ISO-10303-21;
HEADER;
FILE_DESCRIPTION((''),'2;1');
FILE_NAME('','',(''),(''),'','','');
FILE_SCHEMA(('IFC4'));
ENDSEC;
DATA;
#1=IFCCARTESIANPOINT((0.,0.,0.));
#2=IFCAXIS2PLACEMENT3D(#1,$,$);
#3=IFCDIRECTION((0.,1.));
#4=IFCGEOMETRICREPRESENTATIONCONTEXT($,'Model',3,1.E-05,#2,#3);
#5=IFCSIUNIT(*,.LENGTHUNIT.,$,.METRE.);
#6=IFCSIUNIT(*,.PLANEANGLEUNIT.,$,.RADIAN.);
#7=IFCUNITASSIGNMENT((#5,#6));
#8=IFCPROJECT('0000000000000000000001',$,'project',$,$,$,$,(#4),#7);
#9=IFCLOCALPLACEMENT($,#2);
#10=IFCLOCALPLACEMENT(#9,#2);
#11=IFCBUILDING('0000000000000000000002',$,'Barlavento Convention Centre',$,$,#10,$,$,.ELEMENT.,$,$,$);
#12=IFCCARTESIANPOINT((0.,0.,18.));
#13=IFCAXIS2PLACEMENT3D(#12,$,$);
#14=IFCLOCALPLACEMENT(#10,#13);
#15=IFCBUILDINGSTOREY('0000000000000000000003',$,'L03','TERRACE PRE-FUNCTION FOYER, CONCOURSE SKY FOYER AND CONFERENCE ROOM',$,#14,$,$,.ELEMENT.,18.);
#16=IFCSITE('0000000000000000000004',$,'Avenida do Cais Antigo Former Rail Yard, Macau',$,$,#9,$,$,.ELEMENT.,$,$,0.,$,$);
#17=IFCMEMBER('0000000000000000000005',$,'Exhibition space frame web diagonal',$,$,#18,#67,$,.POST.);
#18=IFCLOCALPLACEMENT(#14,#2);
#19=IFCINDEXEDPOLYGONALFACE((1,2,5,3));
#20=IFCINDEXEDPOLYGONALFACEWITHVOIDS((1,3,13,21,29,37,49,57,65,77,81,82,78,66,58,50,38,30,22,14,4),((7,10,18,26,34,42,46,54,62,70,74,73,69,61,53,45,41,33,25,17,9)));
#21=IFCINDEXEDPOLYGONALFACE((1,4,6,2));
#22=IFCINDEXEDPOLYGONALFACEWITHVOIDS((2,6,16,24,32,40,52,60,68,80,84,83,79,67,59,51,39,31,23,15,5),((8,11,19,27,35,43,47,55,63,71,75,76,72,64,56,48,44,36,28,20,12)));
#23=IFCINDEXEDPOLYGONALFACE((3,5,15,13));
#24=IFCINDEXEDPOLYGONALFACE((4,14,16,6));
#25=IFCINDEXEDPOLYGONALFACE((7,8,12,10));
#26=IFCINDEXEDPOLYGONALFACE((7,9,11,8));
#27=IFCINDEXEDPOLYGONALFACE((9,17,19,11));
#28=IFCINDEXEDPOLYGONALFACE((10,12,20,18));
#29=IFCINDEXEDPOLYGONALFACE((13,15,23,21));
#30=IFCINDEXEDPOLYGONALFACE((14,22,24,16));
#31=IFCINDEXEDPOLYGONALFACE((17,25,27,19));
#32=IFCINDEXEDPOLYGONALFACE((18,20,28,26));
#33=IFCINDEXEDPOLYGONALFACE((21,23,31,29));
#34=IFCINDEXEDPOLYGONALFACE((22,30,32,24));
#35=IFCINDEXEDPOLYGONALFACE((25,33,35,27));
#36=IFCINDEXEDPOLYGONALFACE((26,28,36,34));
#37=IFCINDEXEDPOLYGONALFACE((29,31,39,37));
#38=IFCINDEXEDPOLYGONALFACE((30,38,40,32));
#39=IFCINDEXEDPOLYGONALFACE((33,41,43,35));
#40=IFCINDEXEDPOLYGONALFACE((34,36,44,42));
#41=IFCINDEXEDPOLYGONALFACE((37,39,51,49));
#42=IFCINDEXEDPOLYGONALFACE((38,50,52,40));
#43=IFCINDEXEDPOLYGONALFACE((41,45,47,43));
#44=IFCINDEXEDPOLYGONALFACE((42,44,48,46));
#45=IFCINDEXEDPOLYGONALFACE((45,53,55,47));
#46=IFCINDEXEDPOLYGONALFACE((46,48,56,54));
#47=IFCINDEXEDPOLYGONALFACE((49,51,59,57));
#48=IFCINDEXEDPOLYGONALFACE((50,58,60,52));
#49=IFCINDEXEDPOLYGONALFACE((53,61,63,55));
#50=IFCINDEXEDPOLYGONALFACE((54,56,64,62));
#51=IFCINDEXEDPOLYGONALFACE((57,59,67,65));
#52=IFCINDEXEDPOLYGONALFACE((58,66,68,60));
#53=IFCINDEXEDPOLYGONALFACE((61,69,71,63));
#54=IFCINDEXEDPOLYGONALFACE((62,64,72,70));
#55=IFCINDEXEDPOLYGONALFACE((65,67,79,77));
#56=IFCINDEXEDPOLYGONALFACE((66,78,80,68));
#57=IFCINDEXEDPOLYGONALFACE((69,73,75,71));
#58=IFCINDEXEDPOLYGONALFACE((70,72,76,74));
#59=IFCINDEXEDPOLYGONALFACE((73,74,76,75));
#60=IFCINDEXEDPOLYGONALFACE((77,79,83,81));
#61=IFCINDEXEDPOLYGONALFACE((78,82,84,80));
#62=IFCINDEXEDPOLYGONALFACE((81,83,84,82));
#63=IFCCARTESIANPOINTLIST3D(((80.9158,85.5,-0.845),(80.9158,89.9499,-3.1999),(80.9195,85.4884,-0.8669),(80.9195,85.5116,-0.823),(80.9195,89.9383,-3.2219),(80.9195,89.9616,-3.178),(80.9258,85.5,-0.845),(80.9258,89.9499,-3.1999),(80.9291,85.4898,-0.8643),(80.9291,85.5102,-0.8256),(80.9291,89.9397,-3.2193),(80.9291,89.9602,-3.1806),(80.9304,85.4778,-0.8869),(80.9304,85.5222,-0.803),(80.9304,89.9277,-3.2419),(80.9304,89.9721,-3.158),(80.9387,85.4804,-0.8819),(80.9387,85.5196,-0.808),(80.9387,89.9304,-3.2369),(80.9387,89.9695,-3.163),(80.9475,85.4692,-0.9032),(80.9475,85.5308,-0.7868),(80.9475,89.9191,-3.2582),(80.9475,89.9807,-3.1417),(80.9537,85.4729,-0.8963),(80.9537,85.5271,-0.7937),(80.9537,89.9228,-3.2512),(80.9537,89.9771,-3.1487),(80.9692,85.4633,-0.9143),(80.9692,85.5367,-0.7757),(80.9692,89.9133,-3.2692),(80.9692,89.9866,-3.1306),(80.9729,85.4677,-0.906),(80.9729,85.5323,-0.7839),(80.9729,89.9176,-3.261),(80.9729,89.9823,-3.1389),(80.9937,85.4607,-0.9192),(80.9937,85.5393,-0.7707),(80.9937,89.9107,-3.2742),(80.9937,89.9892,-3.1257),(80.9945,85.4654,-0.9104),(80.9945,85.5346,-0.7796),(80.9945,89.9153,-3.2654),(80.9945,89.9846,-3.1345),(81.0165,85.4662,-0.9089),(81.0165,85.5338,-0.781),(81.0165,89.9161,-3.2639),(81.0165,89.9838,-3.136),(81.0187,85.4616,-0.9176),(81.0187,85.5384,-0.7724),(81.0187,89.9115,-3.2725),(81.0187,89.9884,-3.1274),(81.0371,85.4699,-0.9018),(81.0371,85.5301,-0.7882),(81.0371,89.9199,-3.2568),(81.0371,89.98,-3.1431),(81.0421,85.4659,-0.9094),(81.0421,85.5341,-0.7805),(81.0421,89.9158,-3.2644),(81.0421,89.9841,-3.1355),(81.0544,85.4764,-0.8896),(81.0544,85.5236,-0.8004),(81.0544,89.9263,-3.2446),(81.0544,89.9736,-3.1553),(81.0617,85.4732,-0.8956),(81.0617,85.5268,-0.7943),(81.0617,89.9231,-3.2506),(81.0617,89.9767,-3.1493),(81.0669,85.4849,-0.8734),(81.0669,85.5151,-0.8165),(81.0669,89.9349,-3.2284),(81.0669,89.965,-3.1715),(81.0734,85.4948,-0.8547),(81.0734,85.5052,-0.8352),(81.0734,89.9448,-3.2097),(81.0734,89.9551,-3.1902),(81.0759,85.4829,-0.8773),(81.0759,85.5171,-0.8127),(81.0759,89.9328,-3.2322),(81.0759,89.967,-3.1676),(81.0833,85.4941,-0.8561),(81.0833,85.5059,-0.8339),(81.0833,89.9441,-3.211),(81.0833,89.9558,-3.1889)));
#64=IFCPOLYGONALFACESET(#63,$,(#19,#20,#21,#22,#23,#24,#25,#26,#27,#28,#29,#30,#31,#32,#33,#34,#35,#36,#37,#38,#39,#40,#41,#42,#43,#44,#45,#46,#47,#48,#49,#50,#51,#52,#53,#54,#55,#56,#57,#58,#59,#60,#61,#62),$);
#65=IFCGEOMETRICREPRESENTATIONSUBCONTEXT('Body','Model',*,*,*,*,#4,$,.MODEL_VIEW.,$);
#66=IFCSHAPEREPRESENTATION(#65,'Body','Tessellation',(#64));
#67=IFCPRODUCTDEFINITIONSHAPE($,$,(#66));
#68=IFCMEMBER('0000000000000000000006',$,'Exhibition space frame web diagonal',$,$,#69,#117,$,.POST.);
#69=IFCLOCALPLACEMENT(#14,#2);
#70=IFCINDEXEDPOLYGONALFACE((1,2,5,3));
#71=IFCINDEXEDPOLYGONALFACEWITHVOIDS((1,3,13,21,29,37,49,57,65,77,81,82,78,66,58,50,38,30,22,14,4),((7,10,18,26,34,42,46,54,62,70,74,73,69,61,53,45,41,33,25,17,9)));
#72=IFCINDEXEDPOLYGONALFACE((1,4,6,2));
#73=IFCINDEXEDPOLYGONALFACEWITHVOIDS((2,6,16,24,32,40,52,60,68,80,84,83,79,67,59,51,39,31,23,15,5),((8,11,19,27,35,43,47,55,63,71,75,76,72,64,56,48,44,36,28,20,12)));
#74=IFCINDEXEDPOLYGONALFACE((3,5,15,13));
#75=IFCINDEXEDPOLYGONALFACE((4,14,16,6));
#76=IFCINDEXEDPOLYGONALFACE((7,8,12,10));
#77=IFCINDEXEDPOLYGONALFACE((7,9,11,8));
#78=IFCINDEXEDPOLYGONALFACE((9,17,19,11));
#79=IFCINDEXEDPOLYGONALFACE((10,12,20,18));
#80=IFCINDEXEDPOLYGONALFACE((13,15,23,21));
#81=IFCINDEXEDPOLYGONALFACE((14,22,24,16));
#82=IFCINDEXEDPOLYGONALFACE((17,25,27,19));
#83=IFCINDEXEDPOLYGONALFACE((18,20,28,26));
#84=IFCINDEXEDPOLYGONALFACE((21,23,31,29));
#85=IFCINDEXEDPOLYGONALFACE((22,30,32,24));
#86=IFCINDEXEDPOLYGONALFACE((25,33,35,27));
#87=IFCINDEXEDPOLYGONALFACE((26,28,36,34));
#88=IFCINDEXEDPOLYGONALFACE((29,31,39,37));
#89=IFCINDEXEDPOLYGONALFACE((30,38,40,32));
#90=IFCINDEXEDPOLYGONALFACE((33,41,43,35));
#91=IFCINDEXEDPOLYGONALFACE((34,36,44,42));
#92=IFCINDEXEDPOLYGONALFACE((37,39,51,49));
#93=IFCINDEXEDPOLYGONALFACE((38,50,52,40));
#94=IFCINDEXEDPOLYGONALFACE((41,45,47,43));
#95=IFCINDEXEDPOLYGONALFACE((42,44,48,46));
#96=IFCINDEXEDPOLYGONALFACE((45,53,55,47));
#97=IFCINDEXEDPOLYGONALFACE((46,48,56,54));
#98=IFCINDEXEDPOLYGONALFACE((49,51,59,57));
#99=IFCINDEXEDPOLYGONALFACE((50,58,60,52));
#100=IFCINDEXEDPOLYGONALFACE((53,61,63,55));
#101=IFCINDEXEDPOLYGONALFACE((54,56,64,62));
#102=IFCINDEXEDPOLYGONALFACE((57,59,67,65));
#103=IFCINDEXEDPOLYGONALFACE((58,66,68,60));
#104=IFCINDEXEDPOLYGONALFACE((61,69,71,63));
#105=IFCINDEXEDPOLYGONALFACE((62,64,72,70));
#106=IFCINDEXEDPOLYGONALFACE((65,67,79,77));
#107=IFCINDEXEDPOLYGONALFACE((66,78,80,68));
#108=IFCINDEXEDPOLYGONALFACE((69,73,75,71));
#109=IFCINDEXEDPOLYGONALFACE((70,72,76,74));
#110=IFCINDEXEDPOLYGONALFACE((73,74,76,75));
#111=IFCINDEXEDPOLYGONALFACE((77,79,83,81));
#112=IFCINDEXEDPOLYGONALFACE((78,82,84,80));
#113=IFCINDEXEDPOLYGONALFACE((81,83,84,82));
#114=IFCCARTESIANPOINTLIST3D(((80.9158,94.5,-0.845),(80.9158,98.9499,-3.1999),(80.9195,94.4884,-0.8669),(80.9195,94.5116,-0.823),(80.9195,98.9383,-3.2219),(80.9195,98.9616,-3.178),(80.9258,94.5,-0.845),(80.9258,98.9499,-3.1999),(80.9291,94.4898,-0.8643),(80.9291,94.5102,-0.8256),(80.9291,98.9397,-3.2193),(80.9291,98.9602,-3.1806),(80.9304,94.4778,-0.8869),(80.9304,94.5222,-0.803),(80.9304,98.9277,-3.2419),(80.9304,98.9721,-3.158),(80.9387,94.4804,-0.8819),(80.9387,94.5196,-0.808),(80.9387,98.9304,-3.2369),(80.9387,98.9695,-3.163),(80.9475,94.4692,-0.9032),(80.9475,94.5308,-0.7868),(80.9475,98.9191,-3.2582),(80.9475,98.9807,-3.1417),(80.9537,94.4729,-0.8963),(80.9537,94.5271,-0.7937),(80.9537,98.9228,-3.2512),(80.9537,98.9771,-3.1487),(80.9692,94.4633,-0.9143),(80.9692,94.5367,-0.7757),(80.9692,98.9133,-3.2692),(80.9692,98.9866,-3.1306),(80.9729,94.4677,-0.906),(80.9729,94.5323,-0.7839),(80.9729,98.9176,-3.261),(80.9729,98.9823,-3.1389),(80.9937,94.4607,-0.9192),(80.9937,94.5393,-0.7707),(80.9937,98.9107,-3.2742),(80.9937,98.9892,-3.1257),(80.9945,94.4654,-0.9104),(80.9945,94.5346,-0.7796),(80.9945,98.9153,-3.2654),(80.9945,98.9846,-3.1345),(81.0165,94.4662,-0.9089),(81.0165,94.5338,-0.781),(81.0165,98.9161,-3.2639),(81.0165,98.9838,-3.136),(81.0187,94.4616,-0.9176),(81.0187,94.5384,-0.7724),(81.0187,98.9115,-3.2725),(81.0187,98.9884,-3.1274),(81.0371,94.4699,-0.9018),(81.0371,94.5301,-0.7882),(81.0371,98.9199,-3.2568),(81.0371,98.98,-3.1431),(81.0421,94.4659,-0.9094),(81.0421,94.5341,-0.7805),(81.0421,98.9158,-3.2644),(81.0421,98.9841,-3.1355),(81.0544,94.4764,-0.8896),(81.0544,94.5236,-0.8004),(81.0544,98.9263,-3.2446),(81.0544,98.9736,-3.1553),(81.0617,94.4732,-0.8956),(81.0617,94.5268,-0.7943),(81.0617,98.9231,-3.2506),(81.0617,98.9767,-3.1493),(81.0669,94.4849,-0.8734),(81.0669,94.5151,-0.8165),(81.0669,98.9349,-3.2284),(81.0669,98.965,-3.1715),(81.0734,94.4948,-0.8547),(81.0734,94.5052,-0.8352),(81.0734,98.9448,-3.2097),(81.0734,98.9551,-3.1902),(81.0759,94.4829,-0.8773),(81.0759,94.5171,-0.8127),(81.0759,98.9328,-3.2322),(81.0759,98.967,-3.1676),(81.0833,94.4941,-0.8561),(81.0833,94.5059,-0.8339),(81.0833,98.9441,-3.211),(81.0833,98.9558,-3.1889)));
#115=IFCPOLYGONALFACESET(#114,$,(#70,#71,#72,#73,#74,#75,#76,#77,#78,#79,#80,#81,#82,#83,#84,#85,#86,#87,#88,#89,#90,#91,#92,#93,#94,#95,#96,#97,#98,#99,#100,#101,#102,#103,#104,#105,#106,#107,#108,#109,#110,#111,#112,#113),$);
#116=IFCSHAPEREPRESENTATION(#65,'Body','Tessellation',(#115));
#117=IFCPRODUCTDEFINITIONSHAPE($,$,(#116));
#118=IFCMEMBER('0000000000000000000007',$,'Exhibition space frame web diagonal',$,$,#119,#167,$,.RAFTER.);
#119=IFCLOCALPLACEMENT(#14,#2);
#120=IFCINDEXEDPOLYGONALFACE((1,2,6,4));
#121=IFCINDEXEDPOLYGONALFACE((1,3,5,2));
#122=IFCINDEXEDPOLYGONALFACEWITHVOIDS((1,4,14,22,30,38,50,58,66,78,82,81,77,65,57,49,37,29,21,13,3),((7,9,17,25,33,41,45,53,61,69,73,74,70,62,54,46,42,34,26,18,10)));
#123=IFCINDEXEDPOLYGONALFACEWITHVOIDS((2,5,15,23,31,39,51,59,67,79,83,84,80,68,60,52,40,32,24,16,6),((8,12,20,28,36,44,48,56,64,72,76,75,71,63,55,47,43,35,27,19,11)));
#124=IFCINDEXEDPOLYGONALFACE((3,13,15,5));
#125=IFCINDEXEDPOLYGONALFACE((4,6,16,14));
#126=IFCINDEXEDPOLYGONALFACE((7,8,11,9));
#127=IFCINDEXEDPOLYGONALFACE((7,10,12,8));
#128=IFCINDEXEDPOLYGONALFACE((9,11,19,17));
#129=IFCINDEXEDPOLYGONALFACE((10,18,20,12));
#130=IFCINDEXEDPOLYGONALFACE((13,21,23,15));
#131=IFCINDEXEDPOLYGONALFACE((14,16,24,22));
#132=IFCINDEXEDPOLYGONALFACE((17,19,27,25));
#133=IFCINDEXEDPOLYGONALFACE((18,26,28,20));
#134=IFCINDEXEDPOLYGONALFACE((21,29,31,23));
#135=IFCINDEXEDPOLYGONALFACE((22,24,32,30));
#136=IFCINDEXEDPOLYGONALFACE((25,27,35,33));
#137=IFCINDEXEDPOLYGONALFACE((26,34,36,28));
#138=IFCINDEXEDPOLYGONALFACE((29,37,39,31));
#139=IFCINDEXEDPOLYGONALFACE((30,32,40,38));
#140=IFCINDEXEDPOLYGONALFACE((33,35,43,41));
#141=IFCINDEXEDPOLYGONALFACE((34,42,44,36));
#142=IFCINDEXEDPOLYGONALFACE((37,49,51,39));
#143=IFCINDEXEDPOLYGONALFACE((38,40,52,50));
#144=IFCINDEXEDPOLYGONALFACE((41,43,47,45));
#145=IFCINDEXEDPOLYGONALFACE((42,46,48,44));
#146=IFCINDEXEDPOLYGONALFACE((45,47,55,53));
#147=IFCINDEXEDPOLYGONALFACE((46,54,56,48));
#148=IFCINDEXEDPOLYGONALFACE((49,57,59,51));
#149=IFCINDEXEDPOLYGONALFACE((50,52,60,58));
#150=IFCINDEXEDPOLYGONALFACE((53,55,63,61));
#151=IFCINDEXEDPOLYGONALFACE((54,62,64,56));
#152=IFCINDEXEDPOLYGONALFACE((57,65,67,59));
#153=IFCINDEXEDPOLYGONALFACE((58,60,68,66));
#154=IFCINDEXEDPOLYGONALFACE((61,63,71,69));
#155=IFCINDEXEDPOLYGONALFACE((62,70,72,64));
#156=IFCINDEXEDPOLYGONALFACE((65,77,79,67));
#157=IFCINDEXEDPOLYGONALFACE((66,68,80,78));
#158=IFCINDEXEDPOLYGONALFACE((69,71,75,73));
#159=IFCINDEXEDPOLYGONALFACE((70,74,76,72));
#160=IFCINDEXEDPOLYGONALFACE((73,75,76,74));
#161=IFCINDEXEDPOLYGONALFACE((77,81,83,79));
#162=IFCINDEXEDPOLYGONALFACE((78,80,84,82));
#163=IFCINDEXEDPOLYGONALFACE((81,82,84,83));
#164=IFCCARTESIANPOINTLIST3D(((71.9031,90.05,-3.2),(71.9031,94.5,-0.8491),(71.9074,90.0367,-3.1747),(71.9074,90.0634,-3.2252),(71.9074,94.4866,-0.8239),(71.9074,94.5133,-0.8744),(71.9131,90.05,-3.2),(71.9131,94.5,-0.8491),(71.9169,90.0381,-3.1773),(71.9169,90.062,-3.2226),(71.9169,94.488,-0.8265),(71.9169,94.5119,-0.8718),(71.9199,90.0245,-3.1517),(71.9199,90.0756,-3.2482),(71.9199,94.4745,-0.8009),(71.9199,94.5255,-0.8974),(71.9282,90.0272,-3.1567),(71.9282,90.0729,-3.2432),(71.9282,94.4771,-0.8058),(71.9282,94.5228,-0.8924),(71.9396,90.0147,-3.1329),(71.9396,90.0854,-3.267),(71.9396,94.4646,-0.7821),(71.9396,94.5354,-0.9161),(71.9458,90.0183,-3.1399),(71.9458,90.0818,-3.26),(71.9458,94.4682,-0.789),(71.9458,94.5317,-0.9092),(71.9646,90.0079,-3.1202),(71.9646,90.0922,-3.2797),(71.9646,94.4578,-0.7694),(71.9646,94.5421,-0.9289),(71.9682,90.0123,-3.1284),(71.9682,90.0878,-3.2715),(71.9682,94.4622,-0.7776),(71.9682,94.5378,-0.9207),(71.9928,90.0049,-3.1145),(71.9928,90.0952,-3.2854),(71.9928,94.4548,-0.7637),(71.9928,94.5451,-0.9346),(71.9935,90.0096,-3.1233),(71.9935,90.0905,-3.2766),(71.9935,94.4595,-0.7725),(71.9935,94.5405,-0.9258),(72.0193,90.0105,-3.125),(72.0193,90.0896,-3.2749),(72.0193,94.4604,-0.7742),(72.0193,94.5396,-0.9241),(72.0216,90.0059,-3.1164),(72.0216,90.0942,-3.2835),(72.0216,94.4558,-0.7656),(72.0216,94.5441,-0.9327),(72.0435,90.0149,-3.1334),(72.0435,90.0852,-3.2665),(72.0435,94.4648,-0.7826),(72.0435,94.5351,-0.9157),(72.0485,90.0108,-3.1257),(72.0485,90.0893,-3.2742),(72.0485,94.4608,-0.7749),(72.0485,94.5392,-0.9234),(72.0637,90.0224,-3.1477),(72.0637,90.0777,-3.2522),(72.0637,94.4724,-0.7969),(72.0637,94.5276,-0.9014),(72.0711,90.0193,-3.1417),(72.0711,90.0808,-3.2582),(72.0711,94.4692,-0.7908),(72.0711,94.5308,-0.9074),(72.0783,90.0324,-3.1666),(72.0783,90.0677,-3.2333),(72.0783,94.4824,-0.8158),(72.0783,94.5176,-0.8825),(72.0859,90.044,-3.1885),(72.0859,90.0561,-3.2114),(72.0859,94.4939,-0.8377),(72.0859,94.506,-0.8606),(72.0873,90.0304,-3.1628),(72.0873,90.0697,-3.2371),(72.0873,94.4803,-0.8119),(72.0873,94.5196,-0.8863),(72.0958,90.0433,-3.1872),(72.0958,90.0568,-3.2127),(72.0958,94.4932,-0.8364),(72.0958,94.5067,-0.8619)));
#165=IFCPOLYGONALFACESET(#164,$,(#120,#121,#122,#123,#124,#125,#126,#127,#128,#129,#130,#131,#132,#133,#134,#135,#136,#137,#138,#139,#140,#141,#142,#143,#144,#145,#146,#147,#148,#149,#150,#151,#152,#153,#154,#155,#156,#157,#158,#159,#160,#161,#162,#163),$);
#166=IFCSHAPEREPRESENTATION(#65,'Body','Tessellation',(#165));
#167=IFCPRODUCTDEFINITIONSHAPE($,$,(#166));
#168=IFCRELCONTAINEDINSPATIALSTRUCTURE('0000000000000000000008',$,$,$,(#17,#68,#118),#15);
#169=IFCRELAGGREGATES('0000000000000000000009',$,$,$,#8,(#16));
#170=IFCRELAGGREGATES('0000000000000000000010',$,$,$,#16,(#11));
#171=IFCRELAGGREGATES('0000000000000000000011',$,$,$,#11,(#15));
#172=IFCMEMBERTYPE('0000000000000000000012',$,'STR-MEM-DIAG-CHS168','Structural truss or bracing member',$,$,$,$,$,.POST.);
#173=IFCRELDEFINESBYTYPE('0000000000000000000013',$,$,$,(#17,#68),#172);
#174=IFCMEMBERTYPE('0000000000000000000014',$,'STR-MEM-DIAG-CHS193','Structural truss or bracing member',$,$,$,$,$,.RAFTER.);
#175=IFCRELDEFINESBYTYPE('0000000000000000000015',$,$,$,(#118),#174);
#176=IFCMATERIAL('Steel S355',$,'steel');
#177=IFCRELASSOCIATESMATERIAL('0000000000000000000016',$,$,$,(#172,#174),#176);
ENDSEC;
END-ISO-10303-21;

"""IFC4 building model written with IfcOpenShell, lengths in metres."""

from ifc_helpers import new_model, si_unit, direction, frame, origin, origin_2d, place, context, subcontext, project, spatial, hollow_circle, extrude, material, material_profile, profile_set, type_object, element, save


model = new_model("IFC4")

# Units and contexts
model_context = context("Model", 3, precision=1e-05, world=origin(), true_north=direction((0.0, 1.0)))
body_context = subcontext(model_context, "Body", "Model", "MODEL_VIEW")
ifc_project = project(units=[si_unit("LENGTHUNIT", "METRE"), si_unit("PLANEANGLEUNIT", "RADIAN")], contexts=[model_context])

# Site, building, storey
site_placement = place(None, origin())
site = spatial("IfcSite", under=ifc_project, at=site_placement, Name="Avenida do Cais Antigo Former Rail Yard, Macau", CompositionType="ELEMENT", RefElevation=0.0)
building_placement = place(site_placement, origin())
building = spatial("IfcBuilding", under=site, at=building_placement, Name="Barlavento Convention Centre", CompositionType="ELEMENT")
storey_placement = place(building_placement, frame((0.0, 0.0, 18.0)))
storey = spatial("IfcBuildingStorey", under=building, at=storey_placement, Name="L03", Description="TERRACE PRE-FUNCTION FOYER, CONCOURSE SKY FOYER AND CONFERENCE ROOM", CompositionType="ELEMENT", Elevation=18.0)

# Members
ifc_material_1 = material(Name="Steel S355", Category="steel")
ifc_material_profile_1 = material_profile(ifc_material_1, hollow_circle(Radius=0.0842, WallThickness=0.01, at=origin_2d()), Name="CHS 168.3x10.0")
ifc_profile_set_1 = profile_set([ifc_material_profile_1], Name="Steel S355")
member_type_1 = type_object("IfcMemberType", Name="STR-MEM-DIAG-CHS168", Description="Structural truss or bracing member", PredefinedType="POST", material=ifc_profile_set_1)
for number, where, z_axis, x_axis, name in (
    (1, (81.0, 85.5, -0.845), (0.0, 0.88386, -0.467752), (-1.0, 0.0, 0.0), "Exhibition space frame web diagonal"),
    (2, (81.0, 94.5, -0.845), (0.0, 0.88386, -0.467752), (-1.0, 0.0, 0.0), "Exhibition space frame web diagonal"),
):
    element("IfcMember", number, at=place(storey_placement, frame(where, z_axis=z_axis, x_axis=x_axis)), inside=storey, type_object=member_type_1, Name=name, PredefinedType="POST", context=body_context, shape_type="SweptSolid", body=[
        extrude(hollow_circle(Radius=0.0842, WallThickness=0.01, at=origin_2d()), origin(), (0.0, 0.0, 1.0), 5.0347),
    ])
ifc_material_profile_2 = material_profile(ifc_material_1, hollow_circle(Radius=0.0969, WallThickness=0.01, at=origin_2d()), Name="CHS 193.7x10.0")
ifc_profile_set_2 = profile_set([ifc_material_profile_2], Name="Steel S355")
member_type_2 = type_object("IfcMemberType", Name="STR-MEM-DIAG-CHS193", Description="Structural truss or bracing member", PredefinedType="RAFTER", material=ifc_profile_set_2)
member_1_placement = place(storey_placement, frame((72.0, 90.05, -3.2), z_axis=(0.0, 0.884201, 0.467107), x_axis=(-1.0, 0.0, 0.0)))
element("IfcMember", 3, at=member_1_placement, inside=storey, type_object=member_type_2, Name="Exhibition space frame web diagonal", PredefinedType="RAFTER", context=body_context, shape_type="SweptSolid", body=[
    extrude(hollow_circle(Radius=0.0969, WallThickness=0.01, at=origin_2d()), origin(), (0.0, 0.0, 1.0), 5.0327),
])

save(model, "model.ifc")
